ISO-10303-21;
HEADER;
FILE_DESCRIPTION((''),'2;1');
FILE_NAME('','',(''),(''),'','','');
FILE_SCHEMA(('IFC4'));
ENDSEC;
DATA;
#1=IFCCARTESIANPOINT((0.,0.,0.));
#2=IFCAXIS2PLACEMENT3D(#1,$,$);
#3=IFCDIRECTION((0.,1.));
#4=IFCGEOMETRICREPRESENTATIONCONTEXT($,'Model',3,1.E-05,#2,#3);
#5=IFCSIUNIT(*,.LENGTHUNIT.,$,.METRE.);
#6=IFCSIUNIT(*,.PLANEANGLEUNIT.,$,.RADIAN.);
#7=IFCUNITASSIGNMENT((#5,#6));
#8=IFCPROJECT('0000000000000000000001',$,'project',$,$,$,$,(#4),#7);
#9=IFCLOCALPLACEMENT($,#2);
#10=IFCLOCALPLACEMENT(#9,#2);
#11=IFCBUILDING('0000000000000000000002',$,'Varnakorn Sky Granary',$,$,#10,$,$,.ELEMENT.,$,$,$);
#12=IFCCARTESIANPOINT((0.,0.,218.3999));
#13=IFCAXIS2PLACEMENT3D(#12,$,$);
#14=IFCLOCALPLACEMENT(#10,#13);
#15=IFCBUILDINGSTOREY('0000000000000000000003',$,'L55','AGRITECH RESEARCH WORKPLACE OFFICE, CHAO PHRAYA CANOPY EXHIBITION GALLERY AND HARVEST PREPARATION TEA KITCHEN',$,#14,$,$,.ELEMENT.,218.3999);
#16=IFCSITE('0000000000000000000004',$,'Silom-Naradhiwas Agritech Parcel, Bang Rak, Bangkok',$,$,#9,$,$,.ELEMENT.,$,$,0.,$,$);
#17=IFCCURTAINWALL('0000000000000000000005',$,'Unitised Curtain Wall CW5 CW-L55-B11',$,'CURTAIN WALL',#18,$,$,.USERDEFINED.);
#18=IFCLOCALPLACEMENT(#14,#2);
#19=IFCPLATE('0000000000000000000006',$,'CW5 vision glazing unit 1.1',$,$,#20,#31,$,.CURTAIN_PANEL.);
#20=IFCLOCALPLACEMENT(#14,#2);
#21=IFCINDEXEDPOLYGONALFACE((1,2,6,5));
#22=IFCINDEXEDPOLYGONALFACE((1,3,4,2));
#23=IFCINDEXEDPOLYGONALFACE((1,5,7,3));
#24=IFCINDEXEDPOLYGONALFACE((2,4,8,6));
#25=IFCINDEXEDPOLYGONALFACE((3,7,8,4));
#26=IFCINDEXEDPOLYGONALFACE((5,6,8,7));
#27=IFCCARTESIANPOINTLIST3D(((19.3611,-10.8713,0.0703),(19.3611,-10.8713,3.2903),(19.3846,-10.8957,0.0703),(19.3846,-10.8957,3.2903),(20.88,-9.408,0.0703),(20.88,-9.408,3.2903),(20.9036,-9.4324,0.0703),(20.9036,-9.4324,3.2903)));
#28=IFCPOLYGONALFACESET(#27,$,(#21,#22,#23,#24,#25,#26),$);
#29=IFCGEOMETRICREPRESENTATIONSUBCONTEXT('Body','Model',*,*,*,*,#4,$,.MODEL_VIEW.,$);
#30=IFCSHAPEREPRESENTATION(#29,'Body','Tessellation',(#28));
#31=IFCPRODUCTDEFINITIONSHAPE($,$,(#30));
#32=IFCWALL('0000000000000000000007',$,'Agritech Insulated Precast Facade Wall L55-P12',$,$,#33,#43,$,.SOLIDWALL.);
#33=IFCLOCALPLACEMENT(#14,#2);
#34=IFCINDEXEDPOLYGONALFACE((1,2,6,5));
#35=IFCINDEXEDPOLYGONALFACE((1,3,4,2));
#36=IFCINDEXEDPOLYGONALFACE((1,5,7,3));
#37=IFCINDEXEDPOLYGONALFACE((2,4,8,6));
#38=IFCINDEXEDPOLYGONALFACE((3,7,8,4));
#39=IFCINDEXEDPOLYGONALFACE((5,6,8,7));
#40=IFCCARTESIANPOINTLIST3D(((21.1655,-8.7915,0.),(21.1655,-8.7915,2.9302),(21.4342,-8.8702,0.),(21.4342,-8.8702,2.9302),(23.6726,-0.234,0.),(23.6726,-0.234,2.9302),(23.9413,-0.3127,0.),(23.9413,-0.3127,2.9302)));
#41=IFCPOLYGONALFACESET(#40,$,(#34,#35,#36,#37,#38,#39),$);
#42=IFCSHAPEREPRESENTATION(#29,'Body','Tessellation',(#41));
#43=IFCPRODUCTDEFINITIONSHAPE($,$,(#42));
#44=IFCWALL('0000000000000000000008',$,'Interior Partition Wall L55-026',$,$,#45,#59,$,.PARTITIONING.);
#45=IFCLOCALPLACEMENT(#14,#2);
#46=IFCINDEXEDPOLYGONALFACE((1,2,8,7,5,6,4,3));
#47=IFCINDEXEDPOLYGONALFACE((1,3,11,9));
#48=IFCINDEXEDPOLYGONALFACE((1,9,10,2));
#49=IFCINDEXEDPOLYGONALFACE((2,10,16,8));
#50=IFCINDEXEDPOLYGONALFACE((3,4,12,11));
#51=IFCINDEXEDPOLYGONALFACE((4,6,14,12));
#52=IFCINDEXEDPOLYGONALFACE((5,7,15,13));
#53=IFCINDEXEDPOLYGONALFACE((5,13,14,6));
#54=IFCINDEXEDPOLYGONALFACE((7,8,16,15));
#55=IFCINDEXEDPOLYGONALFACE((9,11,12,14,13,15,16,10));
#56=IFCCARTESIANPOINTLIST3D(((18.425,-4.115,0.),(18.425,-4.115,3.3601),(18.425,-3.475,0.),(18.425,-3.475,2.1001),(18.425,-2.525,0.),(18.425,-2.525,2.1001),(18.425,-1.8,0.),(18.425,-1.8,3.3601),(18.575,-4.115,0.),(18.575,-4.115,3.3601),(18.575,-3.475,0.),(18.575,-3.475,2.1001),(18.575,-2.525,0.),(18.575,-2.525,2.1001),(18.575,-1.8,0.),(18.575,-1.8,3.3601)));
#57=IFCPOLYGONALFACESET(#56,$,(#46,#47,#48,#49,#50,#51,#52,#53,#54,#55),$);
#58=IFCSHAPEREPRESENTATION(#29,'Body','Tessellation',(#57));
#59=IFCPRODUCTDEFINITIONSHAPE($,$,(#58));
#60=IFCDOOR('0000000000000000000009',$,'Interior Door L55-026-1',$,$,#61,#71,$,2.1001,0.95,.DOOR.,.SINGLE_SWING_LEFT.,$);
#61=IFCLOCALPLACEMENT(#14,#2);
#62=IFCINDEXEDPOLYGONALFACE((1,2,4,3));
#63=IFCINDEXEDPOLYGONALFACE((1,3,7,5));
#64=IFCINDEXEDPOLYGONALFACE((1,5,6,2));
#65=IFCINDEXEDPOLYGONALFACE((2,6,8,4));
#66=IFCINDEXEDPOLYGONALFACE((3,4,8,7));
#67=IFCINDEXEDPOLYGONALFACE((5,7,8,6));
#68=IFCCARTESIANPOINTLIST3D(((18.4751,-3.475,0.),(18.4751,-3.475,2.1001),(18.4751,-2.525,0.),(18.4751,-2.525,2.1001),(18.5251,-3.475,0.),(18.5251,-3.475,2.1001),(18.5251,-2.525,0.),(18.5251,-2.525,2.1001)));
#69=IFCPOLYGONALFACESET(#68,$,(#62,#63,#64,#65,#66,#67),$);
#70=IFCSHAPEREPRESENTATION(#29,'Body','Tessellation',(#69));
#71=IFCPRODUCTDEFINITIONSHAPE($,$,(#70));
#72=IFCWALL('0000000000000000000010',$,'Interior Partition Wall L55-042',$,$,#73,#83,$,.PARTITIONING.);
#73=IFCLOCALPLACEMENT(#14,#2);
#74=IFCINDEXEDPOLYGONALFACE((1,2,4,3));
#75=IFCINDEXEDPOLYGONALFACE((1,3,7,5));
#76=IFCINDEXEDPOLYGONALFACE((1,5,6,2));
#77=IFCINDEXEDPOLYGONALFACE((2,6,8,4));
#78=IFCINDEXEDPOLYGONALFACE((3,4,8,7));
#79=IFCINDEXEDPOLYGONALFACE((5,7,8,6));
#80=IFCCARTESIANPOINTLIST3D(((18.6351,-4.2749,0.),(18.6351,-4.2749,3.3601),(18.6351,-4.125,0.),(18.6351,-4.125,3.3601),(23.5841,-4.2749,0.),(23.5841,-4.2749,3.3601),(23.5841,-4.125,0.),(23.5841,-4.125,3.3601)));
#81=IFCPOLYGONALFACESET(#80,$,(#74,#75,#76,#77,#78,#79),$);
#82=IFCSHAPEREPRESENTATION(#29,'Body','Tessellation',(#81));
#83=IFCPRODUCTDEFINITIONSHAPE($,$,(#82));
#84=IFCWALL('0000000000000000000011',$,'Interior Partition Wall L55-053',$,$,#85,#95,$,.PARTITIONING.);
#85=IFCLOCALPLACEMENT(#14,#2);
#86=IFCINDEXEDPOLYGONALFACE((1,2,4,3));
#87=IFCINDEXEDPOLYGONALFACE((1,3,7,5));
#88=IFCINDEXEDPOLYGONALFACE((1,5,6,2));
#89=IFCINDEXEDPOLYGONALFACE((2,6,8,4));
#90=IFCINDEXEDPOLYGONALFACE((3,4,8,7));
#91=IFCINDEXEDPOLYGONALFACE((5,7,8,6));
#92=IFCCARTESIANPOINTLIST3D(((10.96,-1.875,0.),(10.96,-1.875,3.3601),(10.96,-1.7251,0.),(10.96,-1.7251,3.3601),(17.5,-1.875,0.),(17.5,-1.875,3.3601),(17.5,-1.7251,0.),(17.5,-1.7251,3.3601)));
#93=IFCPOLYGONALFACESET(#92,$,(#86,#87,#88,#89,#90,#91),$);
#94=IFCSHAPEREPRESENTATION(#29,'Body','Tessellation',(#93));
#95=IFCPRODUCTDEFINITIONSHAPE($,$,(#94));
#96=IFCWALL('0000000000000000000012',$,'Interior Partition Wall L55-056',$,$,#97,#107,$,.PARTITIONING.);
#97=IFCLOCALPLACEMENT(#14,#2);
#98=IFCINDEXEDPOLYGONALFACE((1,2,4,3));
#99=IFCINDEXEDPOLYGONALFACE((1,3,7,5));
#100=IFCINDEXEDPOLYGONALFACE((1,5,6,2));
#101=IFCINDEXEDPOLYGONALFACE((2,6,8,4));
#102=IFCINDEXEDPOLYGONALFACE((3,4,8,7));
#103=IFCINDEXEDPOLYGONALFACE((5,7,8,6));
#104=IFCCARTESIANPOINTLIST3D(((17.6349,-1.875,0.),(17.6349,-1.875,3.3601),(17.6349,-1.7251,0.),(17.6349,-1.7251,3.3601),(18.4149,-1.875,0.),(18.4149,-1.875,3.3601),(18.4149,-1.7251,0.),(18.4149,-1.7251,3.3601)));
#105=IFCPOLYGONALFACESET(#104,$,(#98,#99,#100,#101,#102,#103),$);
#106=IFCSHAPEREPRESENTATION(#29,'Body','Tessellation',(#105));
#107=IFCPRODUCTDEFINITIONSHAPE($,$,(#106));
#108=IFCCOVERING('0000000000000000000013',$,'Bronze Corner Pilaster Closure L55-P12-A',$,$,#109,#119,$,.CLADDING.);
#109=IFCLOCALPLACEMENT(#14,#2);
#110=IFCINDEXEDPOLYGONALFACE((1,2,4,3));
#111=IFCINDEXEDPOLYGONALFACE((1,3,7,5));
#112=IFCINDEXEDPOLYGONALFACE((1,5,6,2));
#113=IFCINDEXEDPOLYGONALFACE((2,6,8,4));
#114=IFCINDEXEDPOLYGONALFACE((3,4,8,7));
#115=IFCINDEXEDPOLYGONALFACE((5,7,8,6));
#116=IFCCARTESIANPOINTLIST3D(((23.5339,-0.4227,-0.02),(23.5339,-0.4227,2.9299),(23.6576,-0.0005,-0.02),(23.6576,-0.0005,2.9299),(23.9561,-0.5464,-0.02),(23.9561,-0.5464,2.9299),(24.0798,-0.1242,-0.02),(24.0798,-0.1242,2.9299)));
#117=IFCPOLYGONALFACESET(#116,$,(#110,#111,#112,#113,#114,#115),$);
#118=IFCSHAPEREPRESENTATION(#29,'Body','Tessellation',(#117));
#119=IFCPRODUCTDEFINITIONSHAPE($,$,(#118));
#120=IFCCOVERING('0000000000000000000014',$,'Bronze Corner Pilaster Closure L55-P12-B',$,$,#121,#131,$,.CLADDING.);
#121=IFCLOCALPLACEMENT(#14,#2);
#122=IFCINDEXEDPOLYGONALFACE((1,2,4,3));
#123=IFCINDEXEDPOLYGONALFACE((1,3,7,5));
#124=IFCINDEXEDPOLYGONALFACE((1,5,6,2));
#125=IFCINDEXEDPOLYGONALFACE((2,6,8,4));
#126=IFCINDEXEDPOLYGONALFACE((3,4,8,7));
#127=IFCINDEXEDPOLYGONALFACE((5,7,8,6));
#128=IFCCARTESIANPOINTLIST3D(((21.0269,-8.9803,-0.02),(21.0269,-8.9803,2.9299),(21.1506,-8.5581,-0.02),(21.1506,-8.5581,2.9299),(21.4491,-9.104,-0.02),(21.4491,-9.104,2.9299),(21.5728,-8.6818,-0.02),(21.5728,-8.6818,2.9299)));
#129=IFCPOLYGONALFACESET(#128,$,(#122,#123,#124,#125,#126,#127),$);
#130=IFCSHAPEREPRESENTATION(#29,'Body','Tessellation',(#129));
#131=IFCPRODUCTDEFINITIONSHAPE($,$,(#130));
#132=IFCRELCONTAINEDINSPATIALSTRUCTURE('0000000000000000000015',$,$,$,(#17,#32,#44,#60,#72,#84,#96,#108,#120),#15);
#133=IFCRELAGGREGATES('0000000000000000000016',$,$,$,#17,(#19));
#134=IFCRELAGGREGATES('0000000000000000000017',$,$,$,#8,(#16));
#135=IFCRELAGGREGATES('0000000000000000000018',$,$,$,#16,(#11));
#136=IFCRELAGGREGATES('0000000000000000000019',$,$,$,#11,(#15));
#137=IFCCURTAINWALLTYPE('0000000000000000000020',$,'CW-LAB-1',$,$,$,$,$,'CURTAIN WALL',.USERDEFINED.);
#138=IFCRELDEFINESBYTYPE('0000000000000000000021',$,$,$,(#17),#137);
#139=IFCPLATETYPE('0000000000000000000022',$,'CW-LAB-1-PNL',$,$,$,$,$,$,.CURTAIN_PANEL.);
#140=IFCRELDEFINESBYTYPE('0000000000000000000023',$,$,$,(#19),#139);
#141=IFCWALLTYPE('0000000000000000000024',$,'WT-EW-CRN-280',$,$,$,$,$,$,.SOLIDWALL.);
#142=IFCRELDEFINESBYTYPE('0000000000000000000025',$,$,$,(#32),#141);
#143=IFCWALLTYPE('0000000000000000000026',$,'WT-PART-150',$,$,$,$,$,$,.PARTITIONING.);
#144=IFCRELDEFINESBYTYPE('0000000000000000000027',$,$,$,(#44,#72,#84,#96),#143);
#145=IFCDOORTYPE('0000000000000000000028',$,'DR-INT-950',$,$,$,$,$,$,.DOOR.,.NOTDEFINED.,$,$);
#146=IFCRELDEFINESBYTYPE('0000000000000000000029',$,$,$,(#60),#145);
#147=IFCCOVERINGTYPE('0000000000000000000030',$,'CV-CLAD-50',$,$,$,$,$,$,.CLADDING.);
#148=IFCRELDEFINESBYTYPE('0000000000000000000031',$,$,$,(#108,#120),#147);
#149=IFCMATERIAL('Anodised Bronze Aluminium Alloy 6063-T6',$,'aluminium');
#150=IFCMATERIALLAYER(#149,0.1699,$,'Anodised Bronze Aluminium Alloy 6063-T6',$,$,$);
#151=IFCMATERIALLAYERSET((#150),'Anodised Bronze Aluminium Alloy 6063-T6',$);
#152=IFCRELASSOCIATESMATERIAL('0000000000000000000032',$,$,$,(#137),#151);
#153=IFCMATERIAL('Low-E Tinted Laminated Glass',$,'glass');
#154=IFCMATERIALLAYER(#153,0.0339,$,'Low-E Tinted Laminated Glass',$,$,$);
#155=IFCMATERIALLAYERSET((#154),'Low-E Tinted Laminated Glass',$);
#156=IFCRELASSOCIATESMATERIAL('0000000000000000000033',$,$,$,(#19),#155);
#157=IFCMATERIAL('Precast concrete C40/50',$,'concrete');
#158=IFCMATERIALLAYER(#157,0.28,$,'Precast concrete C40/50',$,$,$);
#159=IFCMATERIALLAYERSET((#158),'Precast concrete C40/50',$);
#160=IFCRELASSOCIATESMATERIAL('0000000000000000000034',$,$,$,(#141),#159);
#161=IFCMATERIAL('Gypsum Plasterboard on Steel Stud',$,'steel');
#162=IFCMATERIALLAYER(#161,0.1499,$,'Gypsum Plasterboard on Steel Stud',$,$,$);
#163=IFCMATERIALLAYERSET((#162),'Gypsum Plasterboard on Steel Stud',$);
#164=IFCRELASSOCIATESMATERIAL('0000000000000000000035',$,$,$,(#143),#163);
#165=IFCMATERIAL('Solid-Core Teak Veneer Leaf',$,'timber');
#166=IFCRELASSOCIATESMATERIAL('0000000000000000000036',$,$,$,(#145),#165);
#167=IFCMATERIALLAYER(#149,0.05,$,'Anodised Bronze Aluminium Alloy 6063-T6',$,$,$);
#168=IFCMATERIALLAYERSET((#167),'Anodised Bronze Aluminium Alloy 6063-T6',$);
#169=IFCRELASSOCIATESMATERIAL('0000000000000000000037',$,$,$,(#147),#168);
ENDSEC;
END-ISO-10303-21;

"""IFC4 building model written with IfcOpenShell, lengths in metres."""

from ifc_helpers import new_model, si_unit, direction, frame, frame_2d, origin, origin_2d, place, context, subcontext, project, spatial, rectangle, extrude, source, transform, mapped, material, layer, layer_set, type_object, type_shapes, element, fill, aggregate, save


model = new_model("IFC4")

# Units and contexts
model_context = context("Model", 3, precision=1e-05, world=origin(), true_north=direction((0.0, 1.0)))
body_context = subcontext(model_context, "Body", "Model", "MODEL_VIEW")
ifc_project = project(units=[si_unit("LENGTHUNIT", "METRE"), si_unit("PLANEANGLEUNIT", "RADIAN")], contexts=[model_context])

# Site, building, storey
site_placement = place(None, origin())
site = spatial("IfcSite", under=ifc_project, at=site_placement, Name="Silom-Naradhiwas Agritech Parcel, Bang Rak, Bangkok", CompositionType="ELEMENT", RefElevation=0.0)
building_placement = place(site_placement, origin())
building = spatial("IfcBuilding", under=site, at=building_placement, Name="Varnakorn Sky Granary", CompositionType="ELEMENT")
storey_placement = place(building_placement, frame((0.0, 0.0, 218.3999)))
storey = spatial("IfcBuildingStorey", under=building, at=storey_placement, Name="L55", Description="AGRITECH RESEARCH WORKPLACE OFFICE, CHAO PHRAYA CANOPY EXHIBITION GALLERY AND HARVEST PREPARATION TEA KITCHEN", CompositionType="ELEMENT", Elevation=218.3999)

# Shared definitions
ifc_material_1 = material(Name="Anodised Bronze Aluminium Alloy 6063-T6", Category="aluminium")
ifc_layer_1 = layer(ifc_material_1, 0.1699, Name="Anodised Bronze Aluminium Alloy 6063-T6")
ifc_layer_set_1 = layer_set([ifc_layer_1], Name="Anodised Bronze Aluminium Alloy 6063-T6")
curtain_wall_type = type_object("IfcCurtainWallType", Name="CW-LAB-1", ElementType="CURTAIN WALL", PredefinedType="USERDEFINED", material=ifc_layer_set_1)

# Curtain wall
curtain_wall_1_placement = place(storey_placement, origin())
curtain_wall_1 = element("IfcCurtainWall", 1, at=curtain_wall_1_placement, inside=storey, type_object=curtain_wall_type, Name="Unitised Curtain Wall CW5 CW-L55-B11", ObjectType="CURTAIN WALL", PredefinedType="USERDEFINED")

# Plate
ifc_material_2 = material(Name="Low-E Tinted Laminated Glass", Category="glass")
ifc_layer_2 = layer(ifc_material_2, 0.0339, Name="Low-E Tinted Laminated Glass")
ifc_layer_set_2 = layer_set([ifc_layer_2], Name="Low-E Tinted Laminated Glass")
plate_type = type_object("IfcPlateType", Name="CW-LAB-1-PNL", PredefinedType="CURTAIN_PANEL")
shared_shape_1 = source(origin(), body_context, "Body", "SweptSolid", [
    extrude(rectangle(XDim=2.1091, YDim=0.0339, at=origin_2d()), origin(), (0.0, 0.0, 1.0), 3.22),
])
plate_1_placement = place(storey_placement, frame((20.1323, -10.1519, 0.0703), z_axis=(0.0, 0.0, 1.0), x_axis=(-0.720182, -0.693785, 0.0)))
plate_1 = element("IfcPlate", 2, at=plate_1_placement, type_object=plate_type, material=ifc_layer_set_2, Name="CW5 vision glazing unit 1.1", PredefinedType="CURTAIN_PANEL", context=body_context, shape_type="MappedRepresentation", body=[
    mapped(shared_shape_1, transform((0.0, 0.0, 0.0), x_axis=(1.0, 0.0, 0.0), y_axis=(0.0, 1.0, 0.0), z_axis=(0.0, 0.0, 1.0), scale=1.0)),
])
aggregate(curtain_wall_1, [plate_1])

# Wall
ifc_material_3 = material(Name="Precast concrete C40/50", Category="concrete")
ifc_layer_3 = layer(ifc_material_3, 0.28, Name="Precast concrete C40/50")
ifc_layer_set_3 = layer_set([ifc_layer_3], Name="Precast concrete C40/50")
wall_type_1 = type_object("IfcWallType", Name="WT-EW-CRN-280", PredefinedType="SOLIDWALL", material=ifc_layer_set_3)
wall_1_placement = place(storey_placement, frame((23.8069, -0.2734, 0.0), z_axis=(0.0, 0.0, 1.0), x_axis=(-0.281148, -0.959664, 0.0)))
element("IfcWall", 3, at=wall_1_placement, inside=storey, type_object=wall_type_1, Name="Agritech Insulated Precast Facade Wall L55-P12", PredefinedType="SOLIDWALL", context=body_context, shape_type="SweptSolid", body=[
    extrude(rectangle(XDim=8.9172, YDim=0.28, at=frame_2d((4.4585, 0.0))), origin(), (0.0, 0.0, 1.0), 2.9302),
])

# Wall, opening, door
ifc_material_4 = material(Name="Gypsum Plasterboard on Steel Stud", Category="steel")
ifc_layer_4 = layer(ifc_material_4, 0.1499, Name="Gypsum Plasterboard on Steel Stud")
ifc_layer_set_4 = layer_set([ifc_layer_4], Name="Gypsum Plasterboard on Steel Stud")
wall_type_2 = type_object("IfcWallType", Name="WT-PART-150", PredefinedType="PARTITIONING", material=ifc_layer_set_4)
wall_2_placement = place(storey_placement, frame((18.5, -4.115, 0.0), z_axis=(0.0, 0.0, 1.0), x_axis=(0.0, 1.0, 0.0)))
wall_2 = element("IfcWall", 4, at=wall_2_placement, inside=storey, type_object=wall_type_2, Name="Interior Partition Wall L55-026", PredefinedType="PARTITIONING", context=body_context, shape_type="SweptSolid", body=[
    extrude(rectangle(XDim=2.3149, YDim=0.1499, at=frame_2d((1.1575, 0.0))), origin(), (0.0, 0.0, 1.0), 3.3601),
])
opening_placement = place(wall_2_placement, frame((0.6399, 0.0, 0.0)))
opening = element("IfcOpeningElement", 5, at=opening_placement, cuts=wall_2, PredefinedType="OPENING", context=body_context, shape_type="SweptSolid", body=[
    extrude(rectangle(XDim=0.95, YDim=2.1001, at=frame_2d((0.4751, 1.05))), frame((0.0, 0.085, 0.0), z_axis=(0.0, -1.0, 0.0), x_axis=(1.0, 0.0, 0.0)), (0.0, 0.0, 1.0), 0.1699),
])
ifc_material_5 = material(Name="Solid-Core Teak Veneer Leaf", Category="timber")
door_type = type_object("IfcDoorType", Name="DR-INT-950", OperationType="NOTDEFINED", PredefinedType="DOOR", material=ifc_material_5)
door_placement = place(opening_placement, origin())
door = element("IfcDoor", 6, at=door_placement, inside=storey, type_object=door_type, Name="Interior Door L55-026-1", OperationType="SINGLE_SWING_LEFT", OverallHeight=2.1001, OverallWidth=0.95, PredefinedType="DOOR", context=body_context, shape_type="SweptSolid", body=[
    extrude(rectangle(XDim=0.95, YDim=2.1001, at=frame_2d((0.4751, 1.05))), frame((0.0, 0.0249, 0.0), z_axis=(0.0, -1.0, 0.0), x_axis=(1.0, 0.0, 0.0)), (0.0, 0.0, 1.0), 0.05),
])
fill(opening, door)

# Walls
wall_3_placement = place(storey_placement, frame((18.635, -4.2, 0.0), z_axis=(0.0, 0.0, 1.0), x_axis=(1.0, 0.0, 0.0)))
element("IfcWall", 7, at=wall_3_placement, inside=storey, type_object=wall_type_2, Name="Interior Partition Wall L55-042", PredefinedType="PARTITIONING", context=body_context, shape_type="SweptSolid", body=[
    extrude(rectangle(XDim=4.949, YDim=0.1499, at=frame_2d((2.4746, 0.0))), origin(), (0.0, 0.0, 1.0), 3.3601),
])
wall_4_placement = place(storey_placement, frame((17.5, -1.8, 0.0), z_axis=(0.0, 0.0, 1.0), x_axis=(-1.0, 0.0, 0.0)))
element("IfcWall", 8, at=wall_4_placement, inside=storey, type_object=wall_type_2, Name="Interior Partition Wall L55-053", PredefinedType="PARTITIONING", context=body_context, shape_type="SweptSolid", body=[
    extrude(rectangle(XDim=6.54, YDim=0.1499, at=frame_2d((3.27, 0.0))), origin(), (0.0, 0.0, 1.0), 3.3601),
])
wall_5_placement = place(storey_placement, frame((18.415, -1.8, 0.0), z_axis=(0.0, 0.0, 1.0), x_axis=(-1.0, 0.0, 0.0)))
element("IfcWall", 9, at=wall_5_placement, inside=storey, type_object=wall_type_2, Name="Interior Partition Wall L55-056", PredefinedType="PARTITIONING", context=body_context, shape_type="SweptSolid", body=[
    extrude(rectangle(XDim=0.78, YDim=0.1499, at=frame_2d((0.3901, 0.0))), origin(), (0.0, 0.0, 1.0), 3.3601),
])

# Coverings
ifc_layer_5 = layer(ifc_material_1, 0.05, Name="Anodised Bronze Aluminium Alloy 6063-T6")
ifc_layer_set_5 = layer_set([ifc_layer_5], Name="Anodised Bronze Aluminium Alloy 6063-T6")
covering_type = type_object("IfcCoveringType", Name="CV-CLAD-50", PredefinedType="CLADDING", material=ifc_layer_set_5)
shared_shape_2 = source(origin(), body_context, "Body", "SweptSolid", [
    extrude(rectangle(XDim=0.4399, YDim=0.4399, at=origin_2d()), origin(), (0.0, 0.0, 1.0), 2.95),
])
type_shapes(covering_type, [shared_shape_2])
for number, where, z_axis, x_axis, name in (
    (10, (23.8069, -0.2734, -0.02), (0.0, 0.0, 1.0), (-0.281169, -0.959658, 0.0), "Bronze Corner Pilaster Closure L55-P12-A"),
    (11, (21.2998, -8.8311, -0.02), (0.0, 0.0, 1.0), (-0.281169, -0.959658, 0.0), "Bronze Corner Pilaster Closure L55-P12-B"),
):
    element("IfcCovering", number, at=place(storey_placement, frame(where, z_axis=z_axis, x_axis=x_axis)), inside=storey, type_object=covering_type, Name=name, PredefinedType="CLADDING", context=body_context, shape_type="MappedRepresentation", body=[
        mapped(shared_shape_2, transform((0.0, 0.0, 0.0), x_axis=(1.0, 0.0, 0.0), y_axis=(0.0, 1.0, 0.0), z_axis=(0.0, 0.0, 1.0), scale=1.0)),
    ])

save(model, "model.ifc")
